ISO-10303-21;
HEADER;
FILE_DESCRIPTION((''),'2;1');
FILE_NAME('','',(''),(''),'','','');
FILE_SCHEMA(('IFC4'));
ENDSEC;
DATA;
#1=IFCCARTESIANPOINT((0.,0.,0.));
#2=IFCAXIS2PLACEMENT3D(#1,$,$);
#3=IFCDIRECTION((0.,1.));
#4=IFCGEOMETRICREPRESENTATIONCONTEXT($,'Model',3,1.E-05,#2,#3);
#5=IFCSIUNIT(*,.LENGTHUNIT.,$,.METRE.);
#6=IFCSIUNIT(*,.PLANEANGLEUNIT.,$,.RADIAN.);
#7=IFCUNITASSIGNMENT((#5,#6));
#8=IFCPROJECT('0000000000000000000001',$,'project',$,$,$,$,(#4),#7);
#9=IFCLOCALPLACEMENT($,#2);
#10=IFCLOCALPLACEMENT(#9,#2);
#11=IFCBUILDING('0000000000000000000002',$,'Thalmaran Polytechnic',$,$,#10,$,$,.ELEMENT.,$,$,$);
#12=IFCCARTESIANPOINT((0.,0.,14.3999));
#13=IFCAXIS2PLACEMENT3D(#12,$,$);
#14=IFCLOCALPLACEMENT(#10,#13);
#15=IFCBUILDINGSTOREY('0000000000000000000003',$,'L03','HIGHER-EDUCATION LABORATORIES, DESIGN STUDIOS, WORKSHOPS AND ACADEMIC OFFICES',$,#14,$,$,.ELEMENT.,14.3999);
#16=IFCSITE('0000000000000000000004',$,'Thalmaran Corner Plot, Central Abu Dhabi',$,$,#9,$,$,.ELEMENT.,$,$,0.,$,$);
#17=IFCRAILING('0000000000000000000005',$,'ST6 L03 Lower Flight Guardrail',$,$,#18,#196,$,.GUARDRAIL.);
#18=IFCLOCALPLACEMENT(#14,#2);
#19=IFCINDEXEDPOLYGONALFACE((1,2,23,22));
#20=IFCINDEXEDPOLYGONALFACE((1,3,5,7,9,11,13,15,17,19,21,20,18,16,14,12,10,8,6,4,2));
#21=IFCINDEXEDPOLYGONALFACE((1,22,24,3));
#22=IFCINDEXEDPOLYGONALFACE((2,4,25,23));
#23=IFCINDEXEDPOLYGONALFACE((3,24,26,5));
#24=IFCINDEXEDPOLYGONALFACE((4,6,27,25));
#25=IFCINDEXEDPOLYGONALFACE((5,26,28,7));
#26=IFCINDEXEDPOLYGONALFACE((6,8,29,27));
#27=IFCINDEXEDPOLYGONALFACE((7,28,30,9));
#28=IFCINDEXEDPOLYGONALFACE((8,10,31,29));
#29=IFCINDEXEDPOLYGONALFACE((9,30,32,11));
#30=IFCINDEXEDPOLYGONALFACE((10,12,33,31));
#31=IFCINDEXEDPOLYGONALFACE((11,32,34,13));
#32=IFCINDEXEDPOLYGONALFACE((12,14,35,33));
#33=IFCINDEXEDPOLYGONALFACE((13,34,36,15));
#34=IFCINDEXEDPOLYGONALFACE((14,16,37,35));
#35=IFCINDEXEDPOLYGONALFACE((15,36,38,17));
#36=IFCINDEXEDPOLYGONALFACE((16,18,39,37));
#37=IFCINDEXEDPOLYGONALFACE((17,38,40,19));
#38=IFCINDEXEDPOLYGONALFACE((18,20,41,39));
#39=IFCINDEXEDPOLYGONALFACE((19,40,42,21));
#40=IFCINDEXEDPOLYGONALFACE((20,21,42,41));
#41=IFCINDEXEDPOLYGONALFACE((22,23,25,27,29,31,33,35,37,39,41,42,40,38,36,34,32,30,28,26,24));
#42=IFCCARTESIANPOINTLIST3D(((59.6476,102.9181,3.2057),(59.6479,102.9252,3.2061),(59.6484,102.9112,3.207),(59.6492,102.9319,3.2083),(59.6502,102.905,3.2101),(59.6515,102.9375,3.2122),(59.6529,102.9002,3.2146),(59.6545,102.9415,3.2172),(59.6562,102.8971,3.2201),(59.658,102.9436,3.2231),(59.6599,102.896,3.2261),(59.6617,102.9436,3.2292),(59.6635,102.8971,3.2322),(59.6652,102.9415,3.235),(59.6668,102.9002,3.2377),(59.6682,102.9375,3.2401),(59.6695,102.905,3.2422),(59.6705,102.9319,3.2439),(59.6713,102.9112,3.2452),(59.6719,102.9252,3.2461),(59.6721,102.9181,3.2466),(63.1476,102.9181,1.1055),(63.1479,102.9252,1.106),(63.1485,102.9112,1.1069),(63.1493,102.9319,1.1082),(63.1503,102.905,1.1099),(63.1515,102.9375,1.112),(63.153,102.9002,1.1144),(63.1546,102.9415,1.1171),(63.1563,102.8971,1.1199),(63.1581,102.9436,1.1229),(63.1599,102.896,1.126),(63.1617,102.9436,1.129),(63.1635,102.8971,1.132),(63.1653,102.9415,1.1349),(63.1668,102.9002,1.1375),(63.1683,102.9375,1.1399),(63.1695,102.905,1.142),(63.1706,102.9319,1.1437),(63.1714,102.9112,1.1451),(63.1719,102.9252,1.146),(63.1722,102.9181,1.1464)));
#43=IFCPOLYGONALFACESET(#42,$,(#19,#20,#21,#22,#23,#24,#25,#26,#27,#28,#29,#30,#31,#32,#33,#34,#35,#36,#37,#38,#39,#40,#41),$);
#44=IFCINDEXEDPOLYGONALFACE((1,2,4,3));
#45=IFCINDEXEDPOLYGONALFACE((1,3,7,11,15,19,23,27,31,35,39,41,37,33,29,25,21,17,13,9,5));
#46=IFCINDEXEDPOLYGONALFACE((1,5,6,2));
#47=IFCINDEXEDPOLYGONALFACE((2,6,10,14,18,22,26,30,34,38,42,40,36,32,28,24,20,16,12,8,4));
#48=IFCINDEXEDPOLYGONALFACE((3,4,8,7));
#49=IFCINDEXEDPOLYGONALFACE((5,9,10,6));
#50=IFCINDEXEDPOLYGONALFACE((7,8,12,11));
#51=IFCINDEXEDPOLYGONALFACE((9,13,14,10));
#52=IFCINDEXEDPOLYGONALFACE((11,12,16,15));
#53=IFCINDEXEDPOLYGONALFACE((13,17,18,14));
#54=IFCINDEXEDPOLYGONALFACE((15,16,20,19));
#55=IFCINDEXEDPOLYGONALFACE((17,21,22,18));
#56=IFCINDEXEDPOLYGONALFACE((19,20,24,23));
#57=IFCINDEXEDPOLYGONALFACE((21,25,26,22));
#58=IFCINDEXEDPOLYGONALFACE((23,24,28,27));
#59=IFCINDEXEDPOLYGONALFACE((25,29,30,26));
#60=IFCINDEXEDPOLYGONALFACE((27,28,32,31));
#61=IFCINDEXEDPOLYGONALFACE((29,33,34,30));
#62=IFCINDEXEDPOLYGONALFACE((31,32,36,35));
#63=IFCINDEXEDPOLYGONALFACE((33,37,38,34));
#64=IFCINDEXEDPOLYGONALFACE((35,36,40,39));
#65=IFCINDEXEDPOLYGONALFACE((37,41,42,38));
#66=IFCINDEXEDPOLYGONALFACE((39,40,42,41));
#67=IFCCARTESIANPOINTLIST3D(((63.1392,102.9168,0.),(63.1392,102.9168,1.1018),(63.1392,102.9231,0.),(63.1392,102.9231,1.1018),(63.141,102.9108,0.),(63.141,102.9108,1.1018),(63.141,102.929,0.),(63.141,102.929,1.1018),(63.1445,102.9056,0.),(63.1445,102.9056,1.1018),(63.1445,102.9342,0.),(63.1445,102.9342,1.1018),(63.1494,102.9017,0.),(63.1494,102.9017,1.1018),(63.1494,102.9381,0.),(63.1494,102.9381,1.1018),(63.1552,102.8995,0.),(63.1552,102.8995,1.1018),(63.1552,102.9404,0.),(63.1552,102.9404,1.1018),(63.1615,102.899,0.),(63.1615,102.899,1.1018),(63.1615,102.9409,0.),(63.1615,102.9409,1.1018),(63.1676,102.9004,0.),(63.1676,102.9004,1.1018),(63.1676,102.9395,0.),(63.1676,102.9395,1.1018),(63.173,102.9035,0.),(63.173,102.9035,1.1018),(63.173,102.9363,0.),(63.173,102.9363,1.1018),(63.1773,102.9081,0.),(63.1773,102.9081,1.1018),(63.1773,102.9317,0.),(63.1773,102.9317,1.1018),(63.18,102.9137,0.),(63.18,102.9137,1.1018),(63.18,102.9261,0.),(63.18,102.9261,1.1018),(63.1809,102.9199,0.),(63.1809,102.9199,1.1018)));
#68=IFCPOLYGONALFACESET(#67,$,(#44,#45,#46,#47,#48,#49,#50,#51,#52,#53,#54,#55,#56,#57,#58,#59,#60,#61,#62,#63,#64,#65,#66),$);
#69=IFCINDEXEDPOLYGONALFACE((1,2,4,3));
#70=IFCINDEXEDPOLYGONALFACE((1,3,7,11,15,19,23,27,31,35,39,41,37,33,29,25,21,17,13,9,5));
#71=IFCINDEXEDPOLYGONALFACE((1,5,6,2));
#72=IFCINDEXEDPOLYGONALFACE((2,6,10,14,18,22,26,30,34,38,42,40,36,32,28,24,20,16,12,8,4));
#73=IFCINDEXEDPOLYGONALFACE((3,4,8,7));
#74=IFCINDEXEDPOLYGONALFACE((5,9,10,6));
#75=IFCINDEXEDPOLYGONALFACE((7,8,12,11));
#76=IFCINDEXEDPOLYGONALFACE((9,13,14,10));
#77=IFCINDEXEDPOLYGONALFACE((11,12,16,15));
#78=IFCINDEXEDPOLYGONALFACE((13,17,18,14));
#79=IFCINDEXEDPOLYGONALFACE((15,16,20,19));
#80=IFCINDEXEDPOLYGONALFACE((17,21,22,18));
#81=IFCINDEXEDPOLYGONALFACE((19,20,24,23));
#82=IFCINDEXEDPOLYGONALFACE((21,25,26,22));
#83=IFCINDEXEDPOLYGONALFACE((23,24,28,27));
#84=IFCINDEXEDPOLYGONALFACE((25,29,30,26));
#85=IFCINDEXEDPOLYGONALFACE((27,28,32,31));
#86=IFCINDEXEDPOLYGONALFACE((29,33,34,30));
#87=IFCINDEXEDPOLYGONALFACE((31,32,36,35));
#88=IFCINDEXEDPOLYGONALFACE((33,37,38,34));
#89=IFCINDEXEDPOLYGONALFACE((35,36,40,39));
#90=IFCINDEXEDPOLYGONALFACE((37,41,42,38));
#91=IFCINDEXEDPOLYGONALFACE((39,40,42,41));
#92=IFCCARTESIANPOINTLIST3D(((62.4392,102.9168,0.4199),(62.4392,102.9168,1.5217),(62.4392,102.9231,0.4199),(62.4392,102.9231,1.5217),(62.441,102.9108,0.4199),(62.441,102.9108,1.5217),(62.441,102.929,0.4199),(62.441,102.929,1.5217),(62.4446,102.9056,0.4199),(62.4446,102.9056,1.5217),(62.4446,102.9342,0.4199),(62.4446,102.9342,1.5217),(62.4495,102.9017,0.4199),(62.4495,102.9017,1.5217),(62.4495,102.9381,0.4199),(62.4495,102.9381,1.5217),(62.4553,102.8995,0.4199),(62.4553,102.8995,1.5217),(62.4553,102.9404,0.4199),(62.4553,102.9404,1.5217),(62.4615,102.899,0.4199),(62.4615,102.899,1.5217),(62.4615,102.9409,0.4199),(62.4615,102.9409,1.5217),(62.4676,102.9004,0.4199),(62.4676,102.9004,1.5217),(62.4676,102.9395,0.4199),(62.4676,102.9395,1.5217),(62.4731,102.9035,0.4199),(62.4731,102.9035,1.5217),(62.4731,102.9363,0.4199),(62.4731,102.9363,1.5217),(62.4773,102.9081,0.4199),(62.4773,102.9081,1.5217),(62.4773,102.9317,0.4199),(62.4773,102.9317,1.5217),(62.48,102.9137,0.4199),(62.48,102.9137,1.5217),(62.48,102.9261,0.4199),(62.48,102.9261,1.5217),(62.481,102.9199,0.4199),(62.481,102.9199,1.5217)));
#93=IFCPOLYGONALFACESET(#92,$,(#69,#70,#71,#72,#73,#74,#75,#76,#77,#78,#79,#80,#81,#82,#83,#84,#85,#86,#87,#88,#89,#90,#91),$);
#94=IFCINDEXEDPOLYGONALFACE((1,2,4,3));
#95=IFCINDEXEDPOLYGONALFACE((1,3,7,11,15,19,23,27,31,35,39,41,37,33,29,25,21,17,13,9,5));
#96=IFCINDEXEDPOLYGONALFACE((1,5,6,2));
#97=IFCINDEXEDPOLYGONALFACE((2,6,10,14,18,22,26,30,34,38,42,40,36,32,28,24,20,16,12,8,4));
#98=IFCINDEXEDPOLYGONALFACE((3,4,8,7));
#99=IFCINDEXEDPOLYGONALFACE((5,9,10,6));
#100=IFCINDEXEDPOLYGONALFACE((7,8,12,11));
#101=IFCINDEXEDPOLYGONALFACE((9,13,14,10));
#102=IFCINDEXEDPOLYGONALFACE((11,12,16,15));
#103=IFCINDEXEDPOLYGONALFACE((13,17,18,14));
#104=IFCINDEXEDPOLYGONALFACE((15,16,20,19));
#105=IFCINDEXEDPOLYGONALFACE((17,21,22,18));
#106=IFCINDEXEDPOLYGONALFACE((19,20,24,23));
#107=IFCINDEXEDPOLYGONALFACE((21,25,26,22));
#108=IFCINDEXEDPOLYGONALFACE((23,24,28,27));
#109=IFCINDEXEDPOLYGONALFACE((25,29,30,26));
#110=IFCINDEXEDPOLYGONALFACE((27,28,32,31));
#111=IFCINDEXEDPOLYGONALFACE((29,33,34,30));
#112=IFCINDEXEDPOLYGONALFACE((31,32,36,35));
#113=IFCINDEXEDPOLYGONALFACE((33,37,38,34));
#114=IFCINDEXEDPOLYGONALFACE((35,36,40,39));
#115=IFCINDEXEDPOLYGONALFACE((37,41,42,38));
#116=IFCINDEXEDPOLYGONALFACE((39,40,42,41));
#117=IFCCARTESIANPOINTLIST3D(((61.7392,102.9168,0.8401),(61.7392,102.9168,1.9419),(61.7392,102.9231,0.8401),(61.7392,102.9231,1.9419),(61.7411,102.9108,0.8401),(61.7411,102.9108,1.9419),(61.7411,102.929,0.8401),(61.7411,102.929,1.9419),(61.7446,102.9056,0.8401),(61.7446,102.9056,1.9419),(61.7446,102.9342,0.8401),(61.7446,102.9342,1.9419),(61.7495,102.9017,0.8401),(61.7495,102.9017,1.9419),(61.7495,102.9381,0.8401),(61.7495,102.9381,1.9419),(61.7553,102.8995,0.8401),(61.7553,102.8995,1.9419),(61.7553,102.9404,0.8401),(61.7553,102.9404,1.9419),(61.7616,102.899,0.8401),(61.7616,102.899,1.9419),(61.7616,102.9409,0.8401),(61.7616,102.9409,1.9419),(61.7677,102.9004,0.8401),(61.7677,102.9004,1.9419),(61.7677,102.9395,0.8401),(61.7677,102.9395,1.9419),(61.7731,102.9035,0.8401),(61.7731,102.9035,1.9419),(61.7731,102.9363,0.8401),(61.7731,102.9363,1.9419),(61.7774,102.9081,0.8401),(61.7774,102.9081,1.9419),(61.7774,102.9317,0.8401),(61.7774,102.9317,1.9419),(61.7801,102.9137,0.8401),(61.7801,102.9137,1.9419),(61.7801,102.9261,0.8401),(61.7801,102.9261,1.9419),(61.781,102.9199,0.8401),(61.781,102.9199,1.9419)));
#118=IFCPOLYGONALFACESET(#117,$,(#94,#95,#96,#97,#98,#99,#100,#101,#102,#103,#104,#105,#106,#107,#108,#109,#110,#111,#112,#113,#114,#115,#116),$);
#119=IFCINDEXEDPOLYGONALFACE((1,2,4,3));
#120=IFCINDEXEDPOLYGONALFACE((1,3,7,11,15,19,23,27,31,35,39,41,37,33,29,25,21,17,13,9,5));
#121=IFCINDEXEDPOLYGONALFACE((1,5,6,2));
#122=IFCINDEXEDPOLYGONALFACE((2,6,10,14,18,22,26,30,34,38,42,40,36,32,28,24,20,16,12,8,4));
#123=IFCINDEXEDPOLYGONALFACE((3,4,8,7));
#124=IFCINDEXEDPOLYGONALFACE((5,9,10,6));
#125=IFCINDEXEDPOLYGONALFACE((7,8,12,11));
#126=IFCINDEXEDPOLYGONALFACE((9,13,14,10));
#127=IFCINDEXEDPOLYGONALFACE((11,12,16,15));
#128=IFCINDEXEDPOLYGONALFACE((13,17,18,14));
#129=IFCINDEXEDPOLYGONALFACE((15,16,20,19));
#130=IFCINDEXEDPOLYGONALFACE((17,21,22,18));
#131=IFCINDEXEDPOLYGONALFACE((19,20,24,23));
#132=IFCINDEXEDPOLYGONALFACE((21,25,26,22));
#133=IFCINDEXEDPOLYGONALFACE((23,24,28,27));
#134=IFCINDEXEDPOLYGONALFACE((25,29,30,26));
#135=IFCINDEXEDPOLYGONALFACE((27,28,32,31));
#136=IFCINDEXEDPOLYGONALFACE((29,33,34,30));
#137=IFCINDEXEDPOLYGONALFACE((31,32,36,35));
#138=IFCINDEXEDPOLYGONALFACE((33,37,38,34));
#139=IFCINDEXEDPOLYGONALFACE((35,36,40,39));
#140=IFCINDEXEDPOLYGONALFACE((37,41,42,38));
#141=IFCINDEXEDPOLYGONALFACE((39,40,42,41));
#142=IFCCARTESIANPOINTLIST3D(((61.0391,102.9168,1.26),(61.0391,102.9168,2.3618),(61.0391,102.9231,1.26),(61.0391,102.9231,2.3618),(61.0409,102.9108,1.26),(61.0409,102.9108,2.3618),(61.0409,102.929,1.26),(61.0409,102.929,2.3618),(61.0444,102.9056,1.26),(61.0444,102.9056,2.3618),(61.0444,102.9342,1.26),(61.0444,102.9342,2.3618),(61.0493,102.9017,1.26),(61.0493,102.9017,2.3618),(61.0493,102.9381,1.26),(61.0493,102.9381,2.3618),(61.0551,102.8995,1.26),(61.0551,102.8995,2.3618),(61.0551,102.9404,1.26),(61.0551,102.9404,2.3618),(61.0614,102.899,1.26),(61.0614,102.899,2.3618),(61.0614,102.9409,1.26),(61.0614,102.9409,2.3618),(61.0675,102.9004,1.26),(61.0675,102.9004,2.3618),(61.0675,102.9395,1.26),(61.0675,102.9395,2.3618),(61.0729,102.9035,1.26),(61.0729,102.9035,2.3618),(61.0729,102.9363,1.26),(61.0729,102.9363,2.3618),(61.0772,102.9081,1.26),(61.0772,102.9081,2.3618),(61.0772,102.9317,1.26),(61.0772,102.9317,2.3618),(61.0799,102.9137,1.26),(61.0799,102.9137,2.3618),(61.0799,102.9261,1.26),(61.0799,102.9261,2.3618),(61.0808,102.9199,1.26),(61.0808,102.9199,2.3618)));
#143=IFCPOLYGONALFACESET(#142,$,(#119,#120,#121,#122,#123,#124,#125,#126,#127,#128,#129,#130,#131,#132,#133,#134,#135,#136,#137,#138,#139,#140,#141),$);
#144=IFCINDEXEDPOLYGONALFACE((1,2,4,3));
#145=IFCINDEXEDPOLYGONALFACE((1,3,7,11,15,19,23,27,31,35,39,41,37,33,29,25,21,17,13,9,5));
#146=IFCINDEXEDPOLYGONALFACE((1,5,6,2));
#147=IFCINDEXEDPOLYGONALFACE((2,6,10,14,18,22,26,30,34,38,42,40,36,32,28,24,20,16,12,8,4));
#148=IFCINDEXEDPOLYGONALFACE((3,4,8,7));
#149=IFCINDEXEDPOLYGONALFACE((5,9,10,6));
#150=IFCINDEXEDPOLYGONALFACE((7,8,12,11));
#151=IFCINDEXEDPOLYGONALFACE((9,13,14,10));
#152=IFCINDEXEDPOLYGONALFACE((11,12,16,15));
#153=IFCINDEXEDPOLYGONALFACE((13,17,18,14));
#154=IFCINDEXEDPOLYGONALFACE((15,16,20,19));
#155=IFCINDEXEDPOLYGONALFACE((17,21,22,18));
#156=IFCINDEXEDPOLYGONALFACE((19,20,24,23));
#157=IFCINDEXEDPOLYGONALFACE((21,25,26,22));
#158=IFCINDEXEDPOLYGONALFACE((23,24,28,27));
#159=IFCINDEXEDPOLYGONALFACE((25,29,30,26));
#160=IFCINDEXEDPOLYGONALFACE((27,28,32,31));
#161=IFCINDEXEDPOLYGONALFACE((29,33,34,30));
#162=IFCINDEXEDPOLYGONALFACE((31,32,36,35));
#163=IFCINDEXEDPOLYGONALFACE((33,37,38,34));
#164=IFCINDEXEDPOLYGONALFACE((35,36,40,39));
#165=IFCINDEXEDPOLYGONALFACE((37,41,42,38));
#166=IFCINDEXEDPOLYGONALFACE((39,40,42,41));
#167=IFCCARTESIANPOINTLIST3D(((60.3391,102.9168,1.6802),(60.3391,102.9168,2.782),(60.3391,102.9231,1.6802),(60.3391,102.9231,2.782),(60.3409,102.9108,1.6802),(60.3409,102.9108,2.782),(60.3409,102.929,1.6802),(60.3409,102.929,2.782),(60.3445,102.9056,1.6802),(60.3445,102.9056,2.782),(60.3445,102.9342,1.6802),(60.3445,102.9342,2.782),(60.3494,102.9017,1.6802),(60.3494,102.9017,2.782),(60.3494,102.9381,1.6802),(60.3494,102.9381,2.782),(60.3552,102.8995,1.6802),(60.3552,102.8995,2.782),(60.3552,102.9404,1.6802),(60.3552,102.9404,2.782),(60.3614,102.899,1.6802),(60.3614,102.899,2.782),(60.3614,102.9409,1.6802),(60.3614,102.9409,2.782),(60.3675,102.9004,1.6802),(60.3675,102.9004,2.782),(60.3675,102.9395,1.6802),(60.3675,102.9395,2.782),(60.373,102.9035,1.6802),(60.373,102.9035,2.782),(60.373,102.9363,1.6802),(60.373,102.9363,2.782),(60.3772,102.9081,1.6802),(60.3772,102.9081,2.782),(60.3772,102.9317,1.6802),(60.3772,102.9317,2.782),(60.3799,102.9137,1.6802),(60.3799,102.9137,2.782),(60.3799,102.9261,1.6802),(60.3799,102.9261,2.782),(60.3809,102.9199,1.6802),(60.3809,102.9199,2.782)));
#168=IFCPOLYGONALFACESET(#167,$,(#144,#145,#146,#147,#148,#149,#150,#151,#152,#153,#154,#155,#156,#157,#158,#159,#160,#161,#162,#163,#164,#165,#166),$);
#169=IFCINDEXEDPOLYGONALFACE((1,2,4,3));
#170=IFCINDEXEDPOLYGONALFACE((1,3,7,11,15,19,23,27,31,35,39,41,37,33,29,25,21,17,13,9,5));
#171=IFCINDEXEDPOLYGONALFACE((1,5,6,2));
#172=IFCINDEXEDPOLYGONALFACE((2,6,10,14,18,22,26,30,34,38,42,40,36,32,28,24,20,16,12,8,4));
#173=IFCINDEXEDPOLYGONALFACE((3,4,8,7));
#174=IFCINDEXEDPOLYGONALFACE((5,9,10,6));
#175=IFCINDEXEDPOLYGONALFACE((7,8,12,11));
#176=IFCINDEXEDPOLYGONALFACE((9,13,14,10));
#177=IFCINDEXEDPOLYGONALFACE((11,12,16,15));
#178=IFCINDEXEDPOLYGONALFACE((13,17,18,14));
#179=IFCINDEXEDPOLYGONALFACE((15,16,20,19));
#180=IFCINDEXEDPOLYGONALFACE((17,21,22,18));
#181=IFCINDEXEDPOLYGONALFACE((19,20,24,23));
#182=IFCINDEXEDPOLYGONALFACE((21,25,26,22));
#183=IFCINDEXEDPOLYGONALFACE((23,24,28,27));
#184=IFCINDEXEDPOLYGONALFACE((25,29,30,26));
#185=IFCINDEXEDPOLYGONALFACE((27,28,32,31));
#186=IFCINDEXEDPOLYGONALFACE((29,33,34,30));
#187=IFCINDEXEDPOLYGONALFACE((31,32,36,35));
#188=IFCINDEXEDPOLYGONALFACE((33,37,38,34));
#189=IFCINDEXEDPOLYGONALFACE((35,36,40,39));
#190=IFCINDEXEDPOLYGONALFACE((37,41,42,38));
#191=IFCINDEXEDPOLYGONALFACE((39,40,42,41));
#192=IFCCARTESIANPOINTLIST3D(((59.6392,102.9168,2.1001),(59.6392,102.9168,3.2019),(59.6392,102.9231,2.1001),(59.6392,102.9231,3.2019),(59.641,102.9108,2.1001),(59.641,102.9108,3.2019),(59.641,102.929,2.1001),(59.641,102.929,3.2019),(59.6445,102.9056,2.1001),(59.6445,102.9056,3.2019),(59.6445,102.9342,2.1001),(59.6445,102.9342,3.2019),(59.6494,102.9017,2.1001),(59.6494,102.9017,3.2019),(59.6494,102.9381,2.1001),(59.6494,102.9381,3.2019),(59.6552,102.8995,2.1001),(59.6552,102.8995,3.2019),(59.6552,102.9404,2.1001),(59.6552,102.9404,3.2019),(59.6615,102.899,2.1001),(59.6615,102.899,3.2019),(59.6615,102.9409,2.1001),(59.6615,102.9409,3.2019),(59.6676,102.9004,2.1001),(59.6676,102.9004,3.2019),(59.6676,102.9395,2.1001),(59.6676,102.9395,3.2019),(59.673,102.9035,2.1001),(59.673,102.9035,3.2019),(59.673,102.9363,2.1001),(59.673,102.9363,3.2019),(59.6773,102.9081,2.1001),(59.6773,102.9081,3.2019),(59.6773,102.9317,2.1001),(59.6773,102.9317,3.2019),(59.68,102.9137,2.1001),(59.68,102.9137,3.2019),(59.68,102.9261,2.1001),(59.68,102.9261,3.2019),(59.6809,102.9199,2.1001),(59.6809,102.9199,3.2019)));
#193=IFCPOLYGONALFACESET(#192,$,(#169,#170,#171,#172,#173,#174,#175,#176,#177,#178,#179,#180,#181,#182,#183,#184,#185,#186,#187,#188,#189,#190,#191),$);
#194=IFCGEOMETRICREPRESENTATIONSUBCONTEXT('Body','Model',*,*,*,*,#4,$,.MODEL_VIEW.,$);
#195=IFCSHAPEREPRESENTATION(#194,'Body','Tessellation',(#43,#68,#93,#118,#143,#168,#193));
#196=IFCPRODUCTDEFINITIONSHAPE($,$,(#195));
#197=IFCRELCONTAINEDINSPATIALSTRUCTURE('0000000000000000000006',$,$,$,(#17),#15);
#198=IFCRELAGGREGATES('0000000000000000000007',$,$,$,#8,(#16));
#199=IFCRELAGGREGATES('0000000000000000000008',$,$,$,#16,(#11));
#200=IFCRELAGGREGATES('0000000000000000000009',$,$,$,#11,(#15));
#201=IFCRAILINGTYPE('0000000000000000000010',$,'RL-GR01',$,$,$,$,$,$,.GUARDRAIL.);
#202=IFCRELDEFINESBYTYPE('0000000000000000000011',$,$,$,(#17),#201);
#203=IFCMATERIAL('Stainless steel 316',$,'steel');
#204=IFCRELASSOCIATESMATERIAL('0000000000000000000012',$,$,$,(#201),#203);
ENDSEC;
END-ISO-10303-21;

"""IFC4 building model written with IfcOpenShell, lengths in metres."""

from ifc_helpers import new_model, si_unit, direction, frame, origin, origin_2d, place, context, subcontext, project, spatial, circle, extrude, material, type_object, element, save


model = new_model("IFC4")

# Units and contexts
model_context = context("Model", 3, precision=1e-05, world=origin(), true_north=direction((0.0, 1.0)))
body_context = subcontext(model_context, "Body", "Model", "MODEL_VIEW")
ifc_project = project(units=[si_unit("LENGTHUNIT", "METRE"), si_unit("PLANEANGLEUNIT", "RADIAN")], contexts=[model_context])

# Site, building, storey
site_placement = place(None, origin())
site = spatial("IfcSite", under=ifc_project, at=site_placement, Name="Thalmaran Corner Plot, Central Abu Dhabi", CompositionType="ELEMENT", RefElevation=0.0)
building_placement = place(site_placement, origin())
building = spatial("IfcBuilding", under=site, at=building_placement, Name="Thalmaran Polytechnic", CompositionType="ELEMENT")
storey_placement = place(building_placement, frame((0.0, 0.0, 14.3999)))
storey = spatial("IfcBuildingStorey", under=building, at=storey_placement, Name="L03", Description="HIGHER-EDUCATION LABORATORIES, DESIGN STUDIOS, WORKSHOPS AND ACADEMIC OFFICES", CompositionType="ELEMENT", Elevation=14.3999)

# Railing
ifc_material_1 = material(Name="Stainless steel 316", Category="steel")
railing_type_1 = type_object("IfcRailingType", Name="RL-GR01", PredefinedType="GUARDRAIL", material=ifc_material_1)
railing_1_placement = place(storey_placement, frame((63.1599, 102.9199, 0.0)))
element("IfcRailing", 1, at=railing_1_placement, inside=storey, type_object=railing_type_1, Name="ST6 L03 Lower Flight Guardrail", PredefinedType="GUARDRAIL", context=body_context, shape_type="SweptSolid", body=[
    extrude(circle(Radius=0.0239, at=origin_2d()), frame((0.0, 0.0, 1.126), z_axis=(-0.857482, 0.0, 0.514513), x_axis=(0.0, -1.0, 0.0)), (0.0, 0.0, 1.0), 4.0818),
    extrude(circle(Radius=0.021, at=origin_2d()), origin(), (0.0, 0.0, 1.0), 1.1018),
    extrude(circle(Radius=0.021, at=origin_2d()), frame((-0.7, 0.0, 0.4199)), (0.0, 0.0, 1.0), 1.1018),
    extrude(circle(Radius=0.021, at=origin_2d()), frame((-1.3999, 0.0, 0.8401)), (0.0, 0.0, 1.0), 1.1018),
    extrude(circle(Radius=0.021, at=origin_2d()), frame((-2.1001, 0.0, 1.26)), (0.0, 0.0, 1.0), 1.1018),
    extrude(circle(Radius=0.021, at=origin_2d()), frame((-2.8, 0.0, 1.6802)), (0.0, 0.0, 1.0), 1.1018),
    extrude(circle(Radius=0.021, at=origin_2d()), frame((-3.5, 0.0, 2.1001)), (0.0, 0.0, 1.0), 1.1018),
])

save(model, "model.ifc")
